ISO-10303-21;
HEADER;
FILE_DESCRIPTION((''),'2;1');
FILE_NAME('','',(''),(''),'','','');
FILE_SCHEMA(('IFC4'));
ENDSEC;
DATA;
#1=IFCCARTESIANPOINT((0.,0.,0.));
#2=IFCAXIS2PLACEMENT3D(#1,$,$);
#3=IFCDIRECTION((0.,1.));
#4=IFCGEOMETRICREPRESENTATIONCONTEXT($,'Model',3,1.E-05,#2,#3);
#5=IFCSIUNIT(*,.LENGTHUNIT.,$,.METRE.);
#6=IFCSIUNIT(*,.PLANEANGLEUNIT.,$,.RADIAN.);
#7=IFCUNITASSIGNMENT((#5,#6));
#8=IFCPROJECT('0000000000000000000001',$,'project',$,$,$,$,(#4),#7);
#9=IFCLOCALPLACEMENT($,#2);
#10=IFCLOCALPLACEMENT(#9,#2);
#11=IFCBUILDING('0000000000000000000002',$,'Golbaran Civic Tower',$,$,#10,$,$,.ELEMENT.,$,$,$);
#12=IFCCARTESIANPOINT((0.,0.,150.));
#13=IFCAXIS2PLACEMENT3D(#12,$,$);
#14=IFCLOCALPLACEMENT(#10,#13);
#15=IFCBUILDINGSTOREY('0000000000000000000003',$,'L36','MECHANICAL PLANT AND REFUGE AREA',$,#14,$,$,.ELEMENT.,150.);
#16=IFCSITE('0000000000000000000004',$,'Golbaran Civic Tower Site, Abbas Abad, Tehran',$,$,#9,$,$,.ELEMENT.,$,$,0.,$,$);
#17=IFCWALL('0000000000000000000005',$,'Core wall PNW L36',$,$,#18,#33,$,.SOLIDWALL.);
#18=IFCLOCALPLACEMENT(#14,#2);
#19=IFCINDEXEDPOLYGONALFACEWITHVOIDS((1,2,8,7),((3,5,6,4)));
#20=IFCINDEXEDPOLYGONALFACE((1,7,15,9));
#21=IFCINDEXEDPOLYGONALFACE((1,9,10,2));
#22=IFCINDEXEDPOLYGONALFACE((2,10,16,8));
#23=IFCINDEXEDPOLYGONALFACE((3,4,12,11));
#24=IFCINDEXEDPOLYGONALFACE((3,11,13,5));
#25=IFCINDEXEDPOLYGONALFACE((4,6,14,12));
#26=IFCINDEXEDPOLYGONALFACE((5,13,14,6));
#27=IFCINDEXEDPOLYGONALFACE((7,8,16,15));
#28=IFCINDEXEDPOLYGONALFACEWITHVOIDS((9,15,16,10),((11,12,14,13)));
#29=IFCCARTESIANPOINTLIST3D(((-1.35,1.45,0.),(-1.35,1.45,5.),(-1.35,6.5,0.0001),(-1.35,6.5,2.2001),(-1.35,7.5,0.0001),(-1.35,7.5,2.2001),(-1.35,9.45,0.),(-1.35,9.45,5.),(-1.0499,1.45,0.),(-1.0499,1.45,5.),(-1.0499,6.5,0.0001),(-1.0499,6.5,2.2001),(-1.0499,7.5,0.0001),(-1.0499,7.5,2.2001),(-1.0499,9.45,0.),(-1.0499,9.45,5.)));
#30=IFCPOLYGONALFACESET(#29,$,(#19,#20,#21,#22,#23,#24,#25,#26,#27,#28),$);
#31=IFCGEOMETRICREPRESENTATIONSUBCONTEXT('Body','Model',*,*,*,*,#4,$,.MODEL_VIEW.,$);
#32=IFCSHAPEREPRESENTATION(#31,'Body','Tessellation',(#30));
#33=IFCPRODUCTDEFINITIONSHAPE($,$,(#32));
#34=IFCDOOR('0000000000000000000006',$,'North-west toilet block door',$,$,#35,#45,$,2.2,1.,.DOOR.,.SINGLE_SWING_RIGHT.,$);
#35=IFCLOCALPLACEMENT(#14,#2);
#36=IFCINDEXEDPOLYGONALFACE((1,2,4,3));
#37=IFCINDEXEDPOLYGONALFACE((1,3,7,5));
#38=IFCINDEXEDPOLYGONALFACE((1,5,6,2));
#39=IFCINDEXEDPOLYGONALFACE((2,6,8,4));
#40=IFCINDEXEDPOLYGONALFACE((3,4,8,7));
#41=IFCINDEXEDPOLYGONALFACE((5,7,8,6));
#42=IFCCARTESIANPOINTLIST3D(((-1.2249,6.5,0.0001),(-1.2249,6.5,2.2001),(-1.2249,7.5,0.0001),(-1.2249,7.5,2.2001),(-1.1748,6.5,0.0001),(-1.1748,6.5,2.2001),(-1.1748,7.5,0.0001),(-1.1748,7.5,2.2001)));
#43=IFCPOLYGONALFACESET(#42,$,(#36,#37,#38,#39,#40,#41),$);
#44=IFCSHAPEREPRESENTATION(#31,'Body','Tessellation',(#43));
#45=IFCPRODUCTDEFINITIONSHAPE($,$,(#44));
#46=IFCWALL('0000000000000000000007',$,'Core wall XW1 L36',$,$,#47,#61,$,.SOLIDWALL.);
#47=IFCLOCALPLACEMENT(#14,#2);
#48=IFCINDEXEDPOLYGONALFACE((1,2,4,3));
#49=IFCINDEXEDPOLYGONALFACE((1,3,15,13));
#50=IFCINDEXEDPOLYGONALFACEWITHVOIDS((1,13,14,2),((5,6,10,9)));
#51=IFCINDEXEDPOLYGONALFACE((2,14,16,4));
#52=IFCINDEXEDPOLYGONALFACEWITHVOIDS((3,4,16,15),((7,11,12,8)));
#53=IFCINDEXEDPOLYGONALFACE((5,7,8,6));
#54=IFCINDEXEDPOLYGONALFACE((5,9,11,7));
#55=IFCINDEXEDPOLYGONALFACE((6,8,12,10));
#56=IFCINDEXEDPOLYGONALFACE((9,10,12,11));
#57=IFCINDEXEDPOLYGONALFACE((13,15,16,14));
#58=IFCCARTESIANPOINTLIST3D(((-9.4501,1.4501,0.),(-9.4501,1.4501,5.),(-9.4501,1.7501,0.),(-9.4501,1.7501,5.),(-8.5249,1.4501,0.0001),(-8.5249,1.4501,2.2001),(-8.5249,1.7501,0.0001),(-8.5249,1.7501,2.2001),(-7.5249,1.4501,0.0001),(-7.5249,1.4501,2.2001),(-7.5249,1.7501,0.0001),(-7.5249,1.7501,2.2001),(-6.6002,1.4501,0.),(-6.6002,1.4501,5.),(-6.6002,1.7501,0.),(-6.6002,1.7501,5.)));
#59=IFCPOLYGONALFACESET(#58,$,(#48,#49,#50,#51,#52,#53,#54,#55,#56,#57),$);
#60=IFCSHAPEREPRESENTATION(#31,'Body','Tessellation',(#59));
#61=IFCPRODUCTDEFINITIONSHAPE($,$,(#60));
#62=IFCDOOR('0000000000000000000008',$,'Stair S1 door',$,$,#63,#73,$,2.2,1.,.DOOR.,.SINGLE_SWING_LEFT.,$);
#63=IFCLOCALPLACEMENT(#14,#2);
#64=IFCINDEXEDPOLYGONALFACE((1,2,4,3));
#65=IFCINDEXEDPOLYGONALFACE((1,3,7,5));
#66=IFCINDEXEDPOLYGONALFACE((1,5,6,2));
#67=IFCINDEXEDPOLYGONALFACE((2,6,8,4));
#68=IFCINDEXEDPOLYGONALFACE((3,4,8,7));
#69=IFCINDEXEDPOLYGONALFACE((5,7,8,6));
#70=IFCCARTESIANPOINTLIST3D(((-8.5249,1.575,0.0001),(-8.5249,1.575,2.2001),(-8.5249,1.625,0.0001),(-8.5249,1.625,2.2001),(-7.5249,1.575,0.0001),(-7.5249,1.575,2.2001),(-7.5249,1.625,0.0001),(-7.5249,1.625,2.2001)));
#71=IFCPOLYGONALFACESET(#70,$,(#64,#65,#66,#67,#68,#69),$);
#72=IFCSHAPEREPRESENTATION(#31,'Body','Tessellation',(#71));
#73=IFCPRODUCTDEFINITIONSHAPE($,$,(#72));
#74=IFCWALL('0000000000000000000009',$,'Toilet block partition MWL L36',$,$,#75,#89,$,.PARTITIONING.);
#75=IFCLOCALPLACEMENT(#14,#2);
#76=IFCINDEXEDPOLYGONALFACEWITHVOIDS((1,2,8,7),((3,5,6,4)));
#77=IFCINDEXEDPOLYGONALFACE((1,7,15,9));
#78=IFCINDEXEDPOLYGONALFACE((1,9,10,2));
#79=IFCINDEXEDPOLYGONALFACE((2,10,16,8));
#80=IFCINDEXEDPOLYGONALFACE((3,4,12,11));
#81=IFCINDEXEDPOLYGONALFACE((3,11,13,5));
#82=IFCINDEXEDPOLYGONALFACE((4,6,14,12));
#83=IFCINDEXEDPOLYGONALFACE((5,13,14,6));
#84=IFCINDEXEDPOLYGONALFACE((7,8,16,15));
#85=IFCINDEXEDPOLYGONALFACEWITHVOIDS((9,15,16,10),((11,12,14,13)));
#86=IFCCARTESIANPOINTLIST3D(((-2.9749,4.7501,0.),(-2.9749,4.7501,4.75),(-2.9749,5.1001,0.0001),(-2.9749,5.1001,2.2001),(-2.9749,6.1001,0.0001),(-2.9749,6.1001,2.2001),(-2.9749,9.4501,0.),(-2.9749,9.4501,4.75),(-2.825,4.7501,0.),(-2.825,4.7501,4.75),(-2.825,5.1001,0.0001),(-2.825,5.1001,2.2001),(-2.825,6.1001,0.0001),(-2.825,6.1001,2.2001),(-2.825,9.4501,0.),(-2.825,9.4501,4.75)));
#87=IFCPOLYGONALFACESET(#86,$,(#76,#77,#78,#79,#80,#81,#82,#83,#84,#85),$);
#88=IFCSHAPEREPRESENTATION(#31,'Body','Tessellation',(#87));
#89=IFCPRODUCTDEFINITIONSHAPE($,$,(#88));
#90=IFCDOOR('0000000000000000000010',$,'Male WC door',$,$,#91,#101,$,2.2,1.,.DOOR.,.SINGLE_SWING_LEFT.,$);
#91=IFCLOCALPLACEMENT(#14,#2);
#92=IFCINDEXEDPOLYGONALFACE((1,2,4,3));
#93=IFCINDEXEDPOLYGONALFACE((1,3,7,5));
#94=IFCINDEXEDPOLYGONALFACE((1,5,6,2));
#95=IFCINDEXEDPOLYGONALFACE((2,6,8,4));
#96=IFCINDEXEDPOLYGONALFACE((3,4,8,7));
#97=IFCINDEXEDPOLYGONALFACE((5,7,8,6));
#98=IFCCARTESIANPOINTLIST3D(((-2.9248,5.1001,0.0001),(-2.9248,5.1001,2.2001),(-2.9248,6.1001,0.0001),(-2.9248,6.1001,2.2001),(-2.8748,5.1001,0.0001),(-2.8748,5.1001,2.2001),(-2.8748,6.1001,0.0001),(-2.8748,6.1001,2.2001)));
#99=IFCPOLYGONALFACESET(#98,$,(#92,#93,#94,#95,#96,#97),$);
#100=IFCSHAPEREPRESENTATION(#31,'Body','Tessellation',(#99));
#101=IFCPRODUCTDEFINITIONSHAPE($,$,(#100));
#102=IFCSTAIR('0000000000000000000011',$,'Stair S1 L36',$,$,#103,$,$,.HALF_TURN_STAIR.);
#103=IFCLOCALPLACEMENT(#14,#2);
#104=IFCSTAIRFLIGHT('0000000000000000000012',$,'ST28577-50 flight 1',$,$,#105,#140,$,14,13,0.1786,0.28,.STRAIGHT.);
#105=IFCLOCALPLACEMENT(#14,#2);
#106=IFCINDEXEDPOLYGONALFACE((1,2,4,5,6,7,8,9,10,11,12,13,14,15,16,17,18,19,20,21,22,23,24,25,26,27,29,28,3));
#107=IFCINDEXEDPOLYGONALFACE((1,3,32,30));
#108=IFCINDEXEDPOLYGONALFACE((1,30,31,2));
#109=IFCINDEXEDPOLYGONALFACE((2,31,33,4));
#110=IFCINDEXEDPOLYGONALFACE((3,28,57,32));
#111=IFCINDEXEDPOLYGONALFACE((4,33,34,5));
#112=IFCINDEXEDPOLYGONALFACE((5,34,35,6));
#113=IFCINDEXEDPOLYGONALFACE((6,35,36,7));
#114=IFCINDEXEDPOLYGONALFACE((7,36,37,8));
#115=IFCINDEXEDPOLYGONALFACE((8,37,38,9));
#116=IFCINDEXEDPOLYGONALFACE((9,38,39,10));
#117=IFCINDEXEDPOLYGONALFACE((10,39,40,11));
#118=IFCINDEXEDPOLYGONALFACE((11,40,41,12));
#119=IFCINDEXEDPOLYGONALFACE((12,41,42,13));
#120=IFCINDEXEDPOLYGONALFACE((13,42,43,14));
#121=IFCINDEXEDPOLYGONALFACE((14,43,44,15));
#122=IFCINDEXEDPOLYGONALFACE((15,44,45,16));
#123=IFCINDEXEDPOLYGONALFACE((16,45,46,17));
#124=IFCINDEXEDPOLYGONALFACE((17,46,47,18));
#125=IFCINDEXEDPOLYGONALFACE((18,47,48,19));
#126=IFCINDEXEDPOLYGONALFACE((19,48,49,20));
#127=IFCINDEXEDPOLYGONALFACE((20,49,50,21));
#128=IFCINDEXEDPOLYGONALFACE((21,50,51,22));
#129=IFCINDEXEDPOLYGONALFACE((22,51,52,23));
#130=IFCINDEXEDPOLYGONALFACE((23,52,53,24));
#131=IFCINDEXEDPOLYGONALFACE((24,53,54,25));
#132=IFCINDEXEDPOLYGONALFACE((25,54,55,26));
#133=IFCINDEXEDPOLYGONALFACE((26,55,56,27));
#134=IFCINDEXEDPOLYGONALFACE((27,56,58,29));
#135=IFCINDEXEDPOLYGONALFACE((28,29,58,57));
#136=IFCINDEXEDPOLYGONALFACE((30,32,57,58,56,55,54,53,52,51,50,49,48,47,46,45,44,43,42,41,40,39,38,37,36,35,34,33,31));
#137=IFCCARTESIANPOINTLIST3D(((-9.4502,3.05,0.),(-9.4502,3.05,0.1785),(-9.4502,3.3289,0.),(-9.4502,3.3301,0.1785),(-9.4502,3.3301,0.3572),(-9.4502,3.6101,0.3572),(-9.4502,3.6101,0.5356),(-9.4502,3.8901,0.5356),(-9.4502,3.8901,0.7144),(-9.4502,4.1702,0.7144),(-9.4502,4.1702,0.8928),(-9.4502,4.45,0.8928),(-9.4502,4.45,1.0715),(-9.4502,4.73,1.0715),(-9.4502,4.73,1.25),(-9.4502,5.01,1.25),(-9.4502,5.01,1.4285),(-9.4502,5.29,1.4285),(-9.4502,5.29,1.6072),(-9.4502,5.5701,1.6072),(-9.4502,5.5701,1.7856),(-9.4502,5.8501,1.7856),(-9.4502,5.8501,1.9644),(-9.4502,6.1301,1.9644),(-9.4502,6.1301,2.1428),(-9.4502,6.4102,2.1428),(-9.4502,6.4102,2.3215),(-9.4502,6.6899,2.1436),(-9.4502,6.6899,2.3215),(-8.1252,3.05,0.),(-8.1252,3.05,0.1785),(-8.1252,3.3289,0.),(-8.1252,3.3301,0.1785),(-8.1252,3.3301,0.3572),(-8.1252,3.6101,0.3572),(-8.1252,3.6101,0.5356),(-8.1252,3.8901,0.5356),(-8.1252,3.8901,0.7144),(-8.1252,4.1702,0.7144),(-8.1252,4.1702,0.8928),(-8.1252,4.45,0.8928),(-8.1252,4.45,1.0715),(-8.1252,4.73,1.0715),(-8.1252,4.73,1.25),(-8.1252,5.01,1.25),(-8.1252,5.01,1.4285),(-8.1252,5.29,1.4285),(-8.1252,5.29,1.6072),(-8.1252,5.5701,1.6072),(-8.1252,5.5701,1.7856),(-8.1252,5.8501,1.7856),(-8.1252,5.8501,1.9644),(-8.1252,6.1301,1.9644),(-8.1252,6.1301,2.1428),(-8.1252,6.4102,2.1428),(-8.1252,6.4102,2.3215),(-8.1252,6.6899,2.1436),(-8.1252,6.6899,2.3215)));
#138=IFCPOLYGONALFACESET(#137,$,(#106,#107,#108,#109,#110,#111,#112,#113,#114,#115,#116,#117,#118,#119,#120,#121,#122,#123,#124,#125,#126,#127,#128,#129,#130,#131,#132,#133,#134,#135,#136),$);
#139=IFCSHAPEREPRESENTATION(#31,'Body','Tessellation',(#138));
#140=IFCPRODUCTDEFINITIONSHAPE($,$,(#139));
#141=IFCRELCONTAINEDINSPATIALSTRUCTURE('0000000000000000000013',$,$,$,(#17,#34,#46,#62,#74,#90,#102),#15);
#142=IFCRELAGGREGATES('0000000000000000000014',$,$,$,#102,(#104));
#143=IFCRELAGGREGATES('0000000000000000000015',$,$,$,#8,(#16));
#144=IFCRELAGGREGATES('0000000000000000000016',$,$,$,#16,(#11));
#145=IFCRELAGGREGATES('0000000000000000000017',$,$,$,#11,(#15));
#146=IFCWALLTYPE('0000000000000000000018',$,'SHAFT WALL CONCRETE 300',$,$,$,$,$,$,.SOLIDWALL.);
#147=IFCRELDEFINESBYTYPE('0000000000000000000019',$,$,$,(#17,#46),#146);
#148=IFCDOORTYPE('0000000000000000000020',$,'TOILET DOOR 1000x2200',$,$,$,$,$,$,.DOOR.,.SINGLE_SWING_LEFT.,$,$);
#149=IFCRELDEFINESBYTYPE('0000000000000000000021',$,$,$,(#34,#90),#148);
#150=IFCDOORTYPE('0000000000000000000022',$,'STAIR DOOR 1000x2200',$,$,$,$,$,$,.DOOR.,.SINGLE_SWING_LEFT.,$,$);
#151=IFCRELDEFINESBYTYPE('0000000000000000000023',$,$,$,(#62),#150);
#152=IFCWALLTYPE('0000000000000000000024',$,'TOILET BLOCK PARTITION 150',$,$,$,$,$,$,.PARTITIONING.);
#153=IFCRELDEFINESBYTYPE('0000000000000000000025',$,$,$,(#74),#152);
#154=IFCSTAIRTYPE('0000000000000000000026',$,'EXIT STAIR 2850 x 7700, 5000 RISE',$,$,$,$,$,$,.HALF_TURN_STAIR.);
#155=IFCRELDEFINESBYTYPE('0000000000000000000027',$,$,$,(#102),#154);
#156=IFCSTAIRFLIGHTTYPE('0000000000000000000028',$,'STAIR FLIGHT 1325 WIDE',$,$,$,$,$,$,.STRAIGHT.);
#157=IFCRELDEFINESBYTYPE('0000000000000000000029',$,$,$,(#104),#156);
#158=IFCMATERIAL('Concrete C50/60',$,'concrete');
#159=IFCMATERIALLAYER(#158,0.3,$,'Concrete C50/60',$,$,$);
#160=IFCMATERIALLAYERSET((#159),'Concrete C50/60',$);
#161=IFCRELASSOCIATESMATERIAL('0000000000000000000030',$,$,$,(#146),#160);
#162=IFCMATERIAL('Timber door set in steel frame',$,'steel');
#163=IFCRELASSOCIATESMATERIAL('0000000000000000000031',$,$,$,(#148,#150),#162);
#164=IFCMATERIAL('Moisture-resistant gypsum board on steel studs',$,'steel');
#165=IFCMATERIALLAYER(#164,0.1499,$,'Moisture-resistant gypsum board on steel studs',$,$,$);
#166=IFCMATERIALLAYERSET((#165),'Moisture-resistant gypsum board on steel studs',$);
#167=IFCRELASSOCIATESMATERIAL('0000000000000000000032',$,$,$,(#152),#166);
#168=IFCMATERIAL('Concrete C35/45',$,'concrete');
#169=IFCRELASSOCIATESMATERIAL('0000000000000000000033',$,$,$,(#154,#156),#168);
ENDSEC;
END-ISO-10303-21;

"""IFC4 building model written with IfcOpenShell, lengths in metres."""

from ifc_helpers import new_model, si_unit, direction, frame, frame_2d, origin, place, context, subcontext, project, spatial, polyline, rectangle, outline, extrude, material, layer, layer_set, type_object, element, fill, aggregate, save


model = new_model("IFC4")

# Units and contexts
model_context = context("Model", 3, precision=1e-05, world=origin(), true_north=direction((0.0, 1.0)))
body_context = subcontext(model_context, "Body", "Model", "MODEL_VIEW")
ifc_project = project(units=[si_unit("LENGTHUNIT", "METRE"), si_unit("PLANEANGLEUNIT", "RADIAN")], contexts=[model_context])

# Site, building, storey
site_placement = place(None, origin())
site = spatial("IfcSite", under=ifc_project, at=site_placement, Name="Golbaran Civic Tower Site, Abbas Abad, Tehran", CompositionType="ELEMENT", RefElevation=0.0)
building_placement = place(site_placement, origin())
building = spatial("IfcBuilding", under=site, at=building_placement, Name="Golbaran Civic Tower", CompositionType="ELEMENT")
storey_placement = place(building_placement, frame((0.0, 0.0, 150.0)))
storey = spatial("IfcBuildingStorey", under=building, at=storey_placement, Name="L36", Description="MECHANICAL PLANT AND REFUGE AREA", CompositionType="ELEMENT", Elevation=150.0)

# Shared definitions
ifc_material_1 = material(Name="Timber door set in steel frame", Category="steel")

# Shared definitions
ifc_material_2 = material(Name="Concrete C50/60", Category="concrete")
ifc_layer_1 = layer(ifc_material_2, 0.3, Name="Concrete C50/60")
ifc_layer_set_1 = layer_set([ifc_layer_1], Name="Concrete C50/60")
wall_type_1 = type_object("IfcWallType", Name="SHAFT WALL CONCRETE 300", PredefinedType="SOLIDWALL", material=ifc_layer_set_1)

# Walls, openings, doors
wall_1_placement = place(storey_placement, frame((-1.2, 1.45, 0.0), z_axis=(0.0, 0.0, 1.0), x_axis=(0.0, 1.0, 0.0)))
wall_1 = element("IfcWall", 1, at=wall_1_placement, inside=storey, type_object=wall_type_1, Name="Core wall PNW L36", PredefinedType="SOLIDWALL", context=body_context, shape_type="SweptSolid", body=[
    extrude(rectangle(XDim=8.0, YDim=0.3, at=frame_2d((4.0, 0.0))), origin(), (0.0, 0.0, 1.0), 5.0),
])
opening_1_placement = place(wall_1_placement, frame((5.05, 0.0, 0.0)))
opening_1 = element("IfcOpeningElement", 2, at=opening_1_placement, cuts=wall_1, PredefinedType="OPENING", context=body_context, shape_type="SweptSolid", body=[
    extrude(rectangle(XDim=1.0, YDim=2.2, at=frame_2d((0.5, 1.1001))), frame((0.0, 0.1599, 0.0), z_axis=(0.0, -1.0, 0.0), x_axis=(1.0, 0.0, 0.0)), (0.0, 0.0, 1.0), 0.3201),
])
door_type_1 = type_object("IfcDoorType", Name="TOILET DOOR 1000x2200", OperationType="SINGLE_SWING_LEFT", PredefinedType="DOOR", material=ifc_material_1)
door_1_placement = place(opening_1_placement, origin())
door_1 = element("IfcDoor", 3, at=door_1_placement, inside=storey, type_object=door_type_1, Name="North-west toilet block door", OperationType="SINGLE_SWING_RIGHT", OverallHeight=2.2, OverallWidth=1.0, PredefinedType="DOOR", context=body_context, shape_type="SweptSolid", body=[
    extrude(rectangle(XDim=1.0, YDim=2.2, at=frame_2d((0.5, 1.1001))), frame((0.0, 0.0249, 0.0), z_axis=(0.0, -1.0, 0.0), x_axis=(1.0, 0.0, 0.0)), (0.0, 0.0, 1.0), 0.05),
])
fill(opening_1, door_1)
wall_2_placement = place(storey_placement, frame((-9.45, 1.6001, 0.0), z_axis=(0.0, 0.0, 1.0), x_axis=(1.0, 0.0, 0.0)))
wall_2 = element("IfcWall", 4, at=wall_2_placement, inside=storey, type_object=wall_type_1, Name="Core wall XW1 L36", PredefinedType="SOLIDWALL", context=body_context, shape_type="SweptSolid", body=[
    extrude(rectangle(XDim=2.8499, YDim=0.3, at=frame_2d((1.4248, 0.0))), origin(), (0.0, 0.0, 1.0), 5.0),
])
opening_2_placement = place(wall_2_placement, frame((0.925, 0.0, 0.0)))
opening_2 = element("IfcOpeningElement", 5, at=opening_2_placement, cuts=wall_2, PredefinedType="OPENING", context=body_context, shape_type="SweptSolid", body=[
    extrude(rectangle(XDim=1.0, YDim=2.2, at=frame_2d((0.5, 1.1001))), frame((0.0, 0.1599, 0.0), z_axis=(0.0, -1.0, 0.0), x_axis=(1.0, 0.0, 0.0)), (0.0, 0.0, 1.0), 0.3201),
])
door_type_2 = type_object("IfcDoorType", Name="STAIR DOOR 1000x2200", OperationType="SINGLE_SWING_LEFT", PredefinedType="DOOR", material=ifc_material_1)
door_2_placement = place(opening_2_placement, origin())
door_2 = element("IfcDoor", 6, at=door_2_placement, inside=storey, type_object=door_type_2, Name="Stair S1 door", OperationType="SINGLE_SWING_LEFT", OverallHeight=2.2, OverallWidth=1.0, PredefinedType="DOOR", context=body_context, shape_type="SweptSolid", body=[
    extrude(rectangle(XDim=1.0, YDim=2.2, at=frame_2d((0.5, 1.1001))), frame((0.0, 0.0249, 0.0), z_axis=(0.0, -1.0, 0.0), x_axis=(1.0, 0.0, 0.0)), (0.0, 0.0, 1.0), 0.05),
])
fill(opening_2, door_2)
ifc_material_3 = material(Name="Moisture-resistant gypsum board on steel studs", Category="steel")
ifc_layer_2 = layer(ifc_material_3, 0.1499, Name="Moisture-resistant gypsum board on steel studs")
ifc_layer_set_2 = layer_set([ifc_layer_2], Name="Moisture-resistant gypsum board on steel studs")
wall_type_2 = type_object("IfcWallType", Name="TOILET BLOCK PARTITION 150", PredefinedType="PARTITIONING", material=ifc_layer_set_2)
wall_3_placement = place(storey_placement, frame((-2.8999, 4.75, 0.0), z_axis=(0.0, 0.0, 1.0), x_axis=(0.0, 1.0, 0.0)))
wall_3 = element("IfcWall", 7, at=wall_3_placement, inside=storey, type_object=wall_type_2, Name="Toilet block partition MWL L36", PredefinedType="PARTITIONING", context=body_context, shape_type="SweptSolid", body=[
    extrude(rectangle(XDim=4.7, YDim=0.1499, at=frame_2d((2.3501, 0.0))), origin(), (0.0, 0.0, 1.0), 4.75),
])
opening_3_placement = place(wall_3_placement, frame((0.3501, 0.0, 0.0)))
opening_3 = element("IfcOpeningElement", 8, at=opening_3_placement, cuts=wall_3, PredefinedType="OPENING", context=body_context, shape_type="SweptSolid", body=[
    extrude(rectangle(XDim=1.0, YDim=2.2, at=frame_2d((0.5, 1.1001))), frame((0.0, 0.085, 0.0), z_axis=(0.0, -1.0, 0.0), x_axis=(1.0, 0.0, 0.0)), (0.0, 0.0, 1.0), 0.1699),
])
door_3_placement = place(opening_3_placement, origin())
door_3 = element("IfcDoor", 9, at=door_3_placement, inside=storey, type_object=door_type_1, Name="Male WC door", OperationType="SINGLE_SWING_LEFT", OverallHeight=2.2, OverallWidth=1.0, PredefinedType="DOOR", context=body_context, shape_type="SweptSolid", body=[
    extrude(rectangle(XDim=1.0, YDim=2.2, at=frame_2d((0.5, 1.1001))), frame((0.0, 0.0249, 0.0), z_axis=(0.0, -1.0, 0.0), x_axis=(1.0, 0.0, 0.0)), (0.0, 0.0, 1.0), 0.05),
])
fill(opening_3, door_3)

# Stair, stair flight
ifc_material_4 = material(Name="Concrete C35/45", Category="concrete")
stair_type = type_object("IfcStairType", Name="EXIT STAIR 2850 x 7700, 5000 RISE", PredefinedType="HALF_TURN_STAIR", material=ifc_material_4)
stair_placement = place(storey_placement, origin())
stair = element("IfcStair", 10, at=stair_placement, inside=storey, type_object=stair_type, Name="Stair S1 L36", PredefinedType="HALF_TURN_STAIR")
stair_flight_type = type_object("IfcStairFlightType", Name="STAIR FLIGHT 1325 WIDE", PredefinedType="STRAIGHT", material=ifc_material_4)
stair_flight_1_placement = place(storey_placement, frame((-8.7876, 3.05, 0.0), z_axis=(0.0, 0.0, 1.0), x_axis=(0.0, 1.0, 0.0)))
stair_flight_1 = element("IfcStairFlight", 11, at=stair_flight_1_placement, type_object=stair_flight_type, Name="ST28577-50 flight 1", NumberOfRisers=14, NumberOfTreads=13, PredefinedType="STRAIGHT", RiserHeight=0.1786, TreadLength=0.28, context=body_context, shape_type="SweptSolid", body=[
    extrude(outline(polyline([(0.0, 0.0), (0.0, 0.1785), (0.28, 0.1785), (0.28, 0.3572), (0.5601, 0.3572), (0.5601, 0.5356), (0.8401, 0.5356), (0.8401, 0.7144), (1.1201, 0.7144), (1.1201, 0.8928), (1.3999, 0.8928), (1.3999, 1.0715), (1.6799, 1.0715), (1.6799, 1.25), (1.96, 1.25), (1.96, 1.4285), (2.24, 1.4285), (2.24, 1.6072), (2.52, 1.6072), (2.52, 1.7856), (2.8, 1.7856), (2.8, 1.9644), (3.0801, 1.9644), (3.0801, 2.1428), (3.3601, 2.1428), (3.3601, 2.3215), (3.6399, 2.3215), (3.6399, 2.5), (3.6399, 2.1436), (0.2788, 0.0), (0.0, 0.0)])), frame((0.0, 0.6626, 0.0), z_axis=(0.0, -1.0, 0.0), x_axis=(1.0, 0.0, 0.0)), (0.0, 0.0, 1.0), 1.325),
])
aggregate(stair, [stair_flight_1])

save(model, "model.ifc")
